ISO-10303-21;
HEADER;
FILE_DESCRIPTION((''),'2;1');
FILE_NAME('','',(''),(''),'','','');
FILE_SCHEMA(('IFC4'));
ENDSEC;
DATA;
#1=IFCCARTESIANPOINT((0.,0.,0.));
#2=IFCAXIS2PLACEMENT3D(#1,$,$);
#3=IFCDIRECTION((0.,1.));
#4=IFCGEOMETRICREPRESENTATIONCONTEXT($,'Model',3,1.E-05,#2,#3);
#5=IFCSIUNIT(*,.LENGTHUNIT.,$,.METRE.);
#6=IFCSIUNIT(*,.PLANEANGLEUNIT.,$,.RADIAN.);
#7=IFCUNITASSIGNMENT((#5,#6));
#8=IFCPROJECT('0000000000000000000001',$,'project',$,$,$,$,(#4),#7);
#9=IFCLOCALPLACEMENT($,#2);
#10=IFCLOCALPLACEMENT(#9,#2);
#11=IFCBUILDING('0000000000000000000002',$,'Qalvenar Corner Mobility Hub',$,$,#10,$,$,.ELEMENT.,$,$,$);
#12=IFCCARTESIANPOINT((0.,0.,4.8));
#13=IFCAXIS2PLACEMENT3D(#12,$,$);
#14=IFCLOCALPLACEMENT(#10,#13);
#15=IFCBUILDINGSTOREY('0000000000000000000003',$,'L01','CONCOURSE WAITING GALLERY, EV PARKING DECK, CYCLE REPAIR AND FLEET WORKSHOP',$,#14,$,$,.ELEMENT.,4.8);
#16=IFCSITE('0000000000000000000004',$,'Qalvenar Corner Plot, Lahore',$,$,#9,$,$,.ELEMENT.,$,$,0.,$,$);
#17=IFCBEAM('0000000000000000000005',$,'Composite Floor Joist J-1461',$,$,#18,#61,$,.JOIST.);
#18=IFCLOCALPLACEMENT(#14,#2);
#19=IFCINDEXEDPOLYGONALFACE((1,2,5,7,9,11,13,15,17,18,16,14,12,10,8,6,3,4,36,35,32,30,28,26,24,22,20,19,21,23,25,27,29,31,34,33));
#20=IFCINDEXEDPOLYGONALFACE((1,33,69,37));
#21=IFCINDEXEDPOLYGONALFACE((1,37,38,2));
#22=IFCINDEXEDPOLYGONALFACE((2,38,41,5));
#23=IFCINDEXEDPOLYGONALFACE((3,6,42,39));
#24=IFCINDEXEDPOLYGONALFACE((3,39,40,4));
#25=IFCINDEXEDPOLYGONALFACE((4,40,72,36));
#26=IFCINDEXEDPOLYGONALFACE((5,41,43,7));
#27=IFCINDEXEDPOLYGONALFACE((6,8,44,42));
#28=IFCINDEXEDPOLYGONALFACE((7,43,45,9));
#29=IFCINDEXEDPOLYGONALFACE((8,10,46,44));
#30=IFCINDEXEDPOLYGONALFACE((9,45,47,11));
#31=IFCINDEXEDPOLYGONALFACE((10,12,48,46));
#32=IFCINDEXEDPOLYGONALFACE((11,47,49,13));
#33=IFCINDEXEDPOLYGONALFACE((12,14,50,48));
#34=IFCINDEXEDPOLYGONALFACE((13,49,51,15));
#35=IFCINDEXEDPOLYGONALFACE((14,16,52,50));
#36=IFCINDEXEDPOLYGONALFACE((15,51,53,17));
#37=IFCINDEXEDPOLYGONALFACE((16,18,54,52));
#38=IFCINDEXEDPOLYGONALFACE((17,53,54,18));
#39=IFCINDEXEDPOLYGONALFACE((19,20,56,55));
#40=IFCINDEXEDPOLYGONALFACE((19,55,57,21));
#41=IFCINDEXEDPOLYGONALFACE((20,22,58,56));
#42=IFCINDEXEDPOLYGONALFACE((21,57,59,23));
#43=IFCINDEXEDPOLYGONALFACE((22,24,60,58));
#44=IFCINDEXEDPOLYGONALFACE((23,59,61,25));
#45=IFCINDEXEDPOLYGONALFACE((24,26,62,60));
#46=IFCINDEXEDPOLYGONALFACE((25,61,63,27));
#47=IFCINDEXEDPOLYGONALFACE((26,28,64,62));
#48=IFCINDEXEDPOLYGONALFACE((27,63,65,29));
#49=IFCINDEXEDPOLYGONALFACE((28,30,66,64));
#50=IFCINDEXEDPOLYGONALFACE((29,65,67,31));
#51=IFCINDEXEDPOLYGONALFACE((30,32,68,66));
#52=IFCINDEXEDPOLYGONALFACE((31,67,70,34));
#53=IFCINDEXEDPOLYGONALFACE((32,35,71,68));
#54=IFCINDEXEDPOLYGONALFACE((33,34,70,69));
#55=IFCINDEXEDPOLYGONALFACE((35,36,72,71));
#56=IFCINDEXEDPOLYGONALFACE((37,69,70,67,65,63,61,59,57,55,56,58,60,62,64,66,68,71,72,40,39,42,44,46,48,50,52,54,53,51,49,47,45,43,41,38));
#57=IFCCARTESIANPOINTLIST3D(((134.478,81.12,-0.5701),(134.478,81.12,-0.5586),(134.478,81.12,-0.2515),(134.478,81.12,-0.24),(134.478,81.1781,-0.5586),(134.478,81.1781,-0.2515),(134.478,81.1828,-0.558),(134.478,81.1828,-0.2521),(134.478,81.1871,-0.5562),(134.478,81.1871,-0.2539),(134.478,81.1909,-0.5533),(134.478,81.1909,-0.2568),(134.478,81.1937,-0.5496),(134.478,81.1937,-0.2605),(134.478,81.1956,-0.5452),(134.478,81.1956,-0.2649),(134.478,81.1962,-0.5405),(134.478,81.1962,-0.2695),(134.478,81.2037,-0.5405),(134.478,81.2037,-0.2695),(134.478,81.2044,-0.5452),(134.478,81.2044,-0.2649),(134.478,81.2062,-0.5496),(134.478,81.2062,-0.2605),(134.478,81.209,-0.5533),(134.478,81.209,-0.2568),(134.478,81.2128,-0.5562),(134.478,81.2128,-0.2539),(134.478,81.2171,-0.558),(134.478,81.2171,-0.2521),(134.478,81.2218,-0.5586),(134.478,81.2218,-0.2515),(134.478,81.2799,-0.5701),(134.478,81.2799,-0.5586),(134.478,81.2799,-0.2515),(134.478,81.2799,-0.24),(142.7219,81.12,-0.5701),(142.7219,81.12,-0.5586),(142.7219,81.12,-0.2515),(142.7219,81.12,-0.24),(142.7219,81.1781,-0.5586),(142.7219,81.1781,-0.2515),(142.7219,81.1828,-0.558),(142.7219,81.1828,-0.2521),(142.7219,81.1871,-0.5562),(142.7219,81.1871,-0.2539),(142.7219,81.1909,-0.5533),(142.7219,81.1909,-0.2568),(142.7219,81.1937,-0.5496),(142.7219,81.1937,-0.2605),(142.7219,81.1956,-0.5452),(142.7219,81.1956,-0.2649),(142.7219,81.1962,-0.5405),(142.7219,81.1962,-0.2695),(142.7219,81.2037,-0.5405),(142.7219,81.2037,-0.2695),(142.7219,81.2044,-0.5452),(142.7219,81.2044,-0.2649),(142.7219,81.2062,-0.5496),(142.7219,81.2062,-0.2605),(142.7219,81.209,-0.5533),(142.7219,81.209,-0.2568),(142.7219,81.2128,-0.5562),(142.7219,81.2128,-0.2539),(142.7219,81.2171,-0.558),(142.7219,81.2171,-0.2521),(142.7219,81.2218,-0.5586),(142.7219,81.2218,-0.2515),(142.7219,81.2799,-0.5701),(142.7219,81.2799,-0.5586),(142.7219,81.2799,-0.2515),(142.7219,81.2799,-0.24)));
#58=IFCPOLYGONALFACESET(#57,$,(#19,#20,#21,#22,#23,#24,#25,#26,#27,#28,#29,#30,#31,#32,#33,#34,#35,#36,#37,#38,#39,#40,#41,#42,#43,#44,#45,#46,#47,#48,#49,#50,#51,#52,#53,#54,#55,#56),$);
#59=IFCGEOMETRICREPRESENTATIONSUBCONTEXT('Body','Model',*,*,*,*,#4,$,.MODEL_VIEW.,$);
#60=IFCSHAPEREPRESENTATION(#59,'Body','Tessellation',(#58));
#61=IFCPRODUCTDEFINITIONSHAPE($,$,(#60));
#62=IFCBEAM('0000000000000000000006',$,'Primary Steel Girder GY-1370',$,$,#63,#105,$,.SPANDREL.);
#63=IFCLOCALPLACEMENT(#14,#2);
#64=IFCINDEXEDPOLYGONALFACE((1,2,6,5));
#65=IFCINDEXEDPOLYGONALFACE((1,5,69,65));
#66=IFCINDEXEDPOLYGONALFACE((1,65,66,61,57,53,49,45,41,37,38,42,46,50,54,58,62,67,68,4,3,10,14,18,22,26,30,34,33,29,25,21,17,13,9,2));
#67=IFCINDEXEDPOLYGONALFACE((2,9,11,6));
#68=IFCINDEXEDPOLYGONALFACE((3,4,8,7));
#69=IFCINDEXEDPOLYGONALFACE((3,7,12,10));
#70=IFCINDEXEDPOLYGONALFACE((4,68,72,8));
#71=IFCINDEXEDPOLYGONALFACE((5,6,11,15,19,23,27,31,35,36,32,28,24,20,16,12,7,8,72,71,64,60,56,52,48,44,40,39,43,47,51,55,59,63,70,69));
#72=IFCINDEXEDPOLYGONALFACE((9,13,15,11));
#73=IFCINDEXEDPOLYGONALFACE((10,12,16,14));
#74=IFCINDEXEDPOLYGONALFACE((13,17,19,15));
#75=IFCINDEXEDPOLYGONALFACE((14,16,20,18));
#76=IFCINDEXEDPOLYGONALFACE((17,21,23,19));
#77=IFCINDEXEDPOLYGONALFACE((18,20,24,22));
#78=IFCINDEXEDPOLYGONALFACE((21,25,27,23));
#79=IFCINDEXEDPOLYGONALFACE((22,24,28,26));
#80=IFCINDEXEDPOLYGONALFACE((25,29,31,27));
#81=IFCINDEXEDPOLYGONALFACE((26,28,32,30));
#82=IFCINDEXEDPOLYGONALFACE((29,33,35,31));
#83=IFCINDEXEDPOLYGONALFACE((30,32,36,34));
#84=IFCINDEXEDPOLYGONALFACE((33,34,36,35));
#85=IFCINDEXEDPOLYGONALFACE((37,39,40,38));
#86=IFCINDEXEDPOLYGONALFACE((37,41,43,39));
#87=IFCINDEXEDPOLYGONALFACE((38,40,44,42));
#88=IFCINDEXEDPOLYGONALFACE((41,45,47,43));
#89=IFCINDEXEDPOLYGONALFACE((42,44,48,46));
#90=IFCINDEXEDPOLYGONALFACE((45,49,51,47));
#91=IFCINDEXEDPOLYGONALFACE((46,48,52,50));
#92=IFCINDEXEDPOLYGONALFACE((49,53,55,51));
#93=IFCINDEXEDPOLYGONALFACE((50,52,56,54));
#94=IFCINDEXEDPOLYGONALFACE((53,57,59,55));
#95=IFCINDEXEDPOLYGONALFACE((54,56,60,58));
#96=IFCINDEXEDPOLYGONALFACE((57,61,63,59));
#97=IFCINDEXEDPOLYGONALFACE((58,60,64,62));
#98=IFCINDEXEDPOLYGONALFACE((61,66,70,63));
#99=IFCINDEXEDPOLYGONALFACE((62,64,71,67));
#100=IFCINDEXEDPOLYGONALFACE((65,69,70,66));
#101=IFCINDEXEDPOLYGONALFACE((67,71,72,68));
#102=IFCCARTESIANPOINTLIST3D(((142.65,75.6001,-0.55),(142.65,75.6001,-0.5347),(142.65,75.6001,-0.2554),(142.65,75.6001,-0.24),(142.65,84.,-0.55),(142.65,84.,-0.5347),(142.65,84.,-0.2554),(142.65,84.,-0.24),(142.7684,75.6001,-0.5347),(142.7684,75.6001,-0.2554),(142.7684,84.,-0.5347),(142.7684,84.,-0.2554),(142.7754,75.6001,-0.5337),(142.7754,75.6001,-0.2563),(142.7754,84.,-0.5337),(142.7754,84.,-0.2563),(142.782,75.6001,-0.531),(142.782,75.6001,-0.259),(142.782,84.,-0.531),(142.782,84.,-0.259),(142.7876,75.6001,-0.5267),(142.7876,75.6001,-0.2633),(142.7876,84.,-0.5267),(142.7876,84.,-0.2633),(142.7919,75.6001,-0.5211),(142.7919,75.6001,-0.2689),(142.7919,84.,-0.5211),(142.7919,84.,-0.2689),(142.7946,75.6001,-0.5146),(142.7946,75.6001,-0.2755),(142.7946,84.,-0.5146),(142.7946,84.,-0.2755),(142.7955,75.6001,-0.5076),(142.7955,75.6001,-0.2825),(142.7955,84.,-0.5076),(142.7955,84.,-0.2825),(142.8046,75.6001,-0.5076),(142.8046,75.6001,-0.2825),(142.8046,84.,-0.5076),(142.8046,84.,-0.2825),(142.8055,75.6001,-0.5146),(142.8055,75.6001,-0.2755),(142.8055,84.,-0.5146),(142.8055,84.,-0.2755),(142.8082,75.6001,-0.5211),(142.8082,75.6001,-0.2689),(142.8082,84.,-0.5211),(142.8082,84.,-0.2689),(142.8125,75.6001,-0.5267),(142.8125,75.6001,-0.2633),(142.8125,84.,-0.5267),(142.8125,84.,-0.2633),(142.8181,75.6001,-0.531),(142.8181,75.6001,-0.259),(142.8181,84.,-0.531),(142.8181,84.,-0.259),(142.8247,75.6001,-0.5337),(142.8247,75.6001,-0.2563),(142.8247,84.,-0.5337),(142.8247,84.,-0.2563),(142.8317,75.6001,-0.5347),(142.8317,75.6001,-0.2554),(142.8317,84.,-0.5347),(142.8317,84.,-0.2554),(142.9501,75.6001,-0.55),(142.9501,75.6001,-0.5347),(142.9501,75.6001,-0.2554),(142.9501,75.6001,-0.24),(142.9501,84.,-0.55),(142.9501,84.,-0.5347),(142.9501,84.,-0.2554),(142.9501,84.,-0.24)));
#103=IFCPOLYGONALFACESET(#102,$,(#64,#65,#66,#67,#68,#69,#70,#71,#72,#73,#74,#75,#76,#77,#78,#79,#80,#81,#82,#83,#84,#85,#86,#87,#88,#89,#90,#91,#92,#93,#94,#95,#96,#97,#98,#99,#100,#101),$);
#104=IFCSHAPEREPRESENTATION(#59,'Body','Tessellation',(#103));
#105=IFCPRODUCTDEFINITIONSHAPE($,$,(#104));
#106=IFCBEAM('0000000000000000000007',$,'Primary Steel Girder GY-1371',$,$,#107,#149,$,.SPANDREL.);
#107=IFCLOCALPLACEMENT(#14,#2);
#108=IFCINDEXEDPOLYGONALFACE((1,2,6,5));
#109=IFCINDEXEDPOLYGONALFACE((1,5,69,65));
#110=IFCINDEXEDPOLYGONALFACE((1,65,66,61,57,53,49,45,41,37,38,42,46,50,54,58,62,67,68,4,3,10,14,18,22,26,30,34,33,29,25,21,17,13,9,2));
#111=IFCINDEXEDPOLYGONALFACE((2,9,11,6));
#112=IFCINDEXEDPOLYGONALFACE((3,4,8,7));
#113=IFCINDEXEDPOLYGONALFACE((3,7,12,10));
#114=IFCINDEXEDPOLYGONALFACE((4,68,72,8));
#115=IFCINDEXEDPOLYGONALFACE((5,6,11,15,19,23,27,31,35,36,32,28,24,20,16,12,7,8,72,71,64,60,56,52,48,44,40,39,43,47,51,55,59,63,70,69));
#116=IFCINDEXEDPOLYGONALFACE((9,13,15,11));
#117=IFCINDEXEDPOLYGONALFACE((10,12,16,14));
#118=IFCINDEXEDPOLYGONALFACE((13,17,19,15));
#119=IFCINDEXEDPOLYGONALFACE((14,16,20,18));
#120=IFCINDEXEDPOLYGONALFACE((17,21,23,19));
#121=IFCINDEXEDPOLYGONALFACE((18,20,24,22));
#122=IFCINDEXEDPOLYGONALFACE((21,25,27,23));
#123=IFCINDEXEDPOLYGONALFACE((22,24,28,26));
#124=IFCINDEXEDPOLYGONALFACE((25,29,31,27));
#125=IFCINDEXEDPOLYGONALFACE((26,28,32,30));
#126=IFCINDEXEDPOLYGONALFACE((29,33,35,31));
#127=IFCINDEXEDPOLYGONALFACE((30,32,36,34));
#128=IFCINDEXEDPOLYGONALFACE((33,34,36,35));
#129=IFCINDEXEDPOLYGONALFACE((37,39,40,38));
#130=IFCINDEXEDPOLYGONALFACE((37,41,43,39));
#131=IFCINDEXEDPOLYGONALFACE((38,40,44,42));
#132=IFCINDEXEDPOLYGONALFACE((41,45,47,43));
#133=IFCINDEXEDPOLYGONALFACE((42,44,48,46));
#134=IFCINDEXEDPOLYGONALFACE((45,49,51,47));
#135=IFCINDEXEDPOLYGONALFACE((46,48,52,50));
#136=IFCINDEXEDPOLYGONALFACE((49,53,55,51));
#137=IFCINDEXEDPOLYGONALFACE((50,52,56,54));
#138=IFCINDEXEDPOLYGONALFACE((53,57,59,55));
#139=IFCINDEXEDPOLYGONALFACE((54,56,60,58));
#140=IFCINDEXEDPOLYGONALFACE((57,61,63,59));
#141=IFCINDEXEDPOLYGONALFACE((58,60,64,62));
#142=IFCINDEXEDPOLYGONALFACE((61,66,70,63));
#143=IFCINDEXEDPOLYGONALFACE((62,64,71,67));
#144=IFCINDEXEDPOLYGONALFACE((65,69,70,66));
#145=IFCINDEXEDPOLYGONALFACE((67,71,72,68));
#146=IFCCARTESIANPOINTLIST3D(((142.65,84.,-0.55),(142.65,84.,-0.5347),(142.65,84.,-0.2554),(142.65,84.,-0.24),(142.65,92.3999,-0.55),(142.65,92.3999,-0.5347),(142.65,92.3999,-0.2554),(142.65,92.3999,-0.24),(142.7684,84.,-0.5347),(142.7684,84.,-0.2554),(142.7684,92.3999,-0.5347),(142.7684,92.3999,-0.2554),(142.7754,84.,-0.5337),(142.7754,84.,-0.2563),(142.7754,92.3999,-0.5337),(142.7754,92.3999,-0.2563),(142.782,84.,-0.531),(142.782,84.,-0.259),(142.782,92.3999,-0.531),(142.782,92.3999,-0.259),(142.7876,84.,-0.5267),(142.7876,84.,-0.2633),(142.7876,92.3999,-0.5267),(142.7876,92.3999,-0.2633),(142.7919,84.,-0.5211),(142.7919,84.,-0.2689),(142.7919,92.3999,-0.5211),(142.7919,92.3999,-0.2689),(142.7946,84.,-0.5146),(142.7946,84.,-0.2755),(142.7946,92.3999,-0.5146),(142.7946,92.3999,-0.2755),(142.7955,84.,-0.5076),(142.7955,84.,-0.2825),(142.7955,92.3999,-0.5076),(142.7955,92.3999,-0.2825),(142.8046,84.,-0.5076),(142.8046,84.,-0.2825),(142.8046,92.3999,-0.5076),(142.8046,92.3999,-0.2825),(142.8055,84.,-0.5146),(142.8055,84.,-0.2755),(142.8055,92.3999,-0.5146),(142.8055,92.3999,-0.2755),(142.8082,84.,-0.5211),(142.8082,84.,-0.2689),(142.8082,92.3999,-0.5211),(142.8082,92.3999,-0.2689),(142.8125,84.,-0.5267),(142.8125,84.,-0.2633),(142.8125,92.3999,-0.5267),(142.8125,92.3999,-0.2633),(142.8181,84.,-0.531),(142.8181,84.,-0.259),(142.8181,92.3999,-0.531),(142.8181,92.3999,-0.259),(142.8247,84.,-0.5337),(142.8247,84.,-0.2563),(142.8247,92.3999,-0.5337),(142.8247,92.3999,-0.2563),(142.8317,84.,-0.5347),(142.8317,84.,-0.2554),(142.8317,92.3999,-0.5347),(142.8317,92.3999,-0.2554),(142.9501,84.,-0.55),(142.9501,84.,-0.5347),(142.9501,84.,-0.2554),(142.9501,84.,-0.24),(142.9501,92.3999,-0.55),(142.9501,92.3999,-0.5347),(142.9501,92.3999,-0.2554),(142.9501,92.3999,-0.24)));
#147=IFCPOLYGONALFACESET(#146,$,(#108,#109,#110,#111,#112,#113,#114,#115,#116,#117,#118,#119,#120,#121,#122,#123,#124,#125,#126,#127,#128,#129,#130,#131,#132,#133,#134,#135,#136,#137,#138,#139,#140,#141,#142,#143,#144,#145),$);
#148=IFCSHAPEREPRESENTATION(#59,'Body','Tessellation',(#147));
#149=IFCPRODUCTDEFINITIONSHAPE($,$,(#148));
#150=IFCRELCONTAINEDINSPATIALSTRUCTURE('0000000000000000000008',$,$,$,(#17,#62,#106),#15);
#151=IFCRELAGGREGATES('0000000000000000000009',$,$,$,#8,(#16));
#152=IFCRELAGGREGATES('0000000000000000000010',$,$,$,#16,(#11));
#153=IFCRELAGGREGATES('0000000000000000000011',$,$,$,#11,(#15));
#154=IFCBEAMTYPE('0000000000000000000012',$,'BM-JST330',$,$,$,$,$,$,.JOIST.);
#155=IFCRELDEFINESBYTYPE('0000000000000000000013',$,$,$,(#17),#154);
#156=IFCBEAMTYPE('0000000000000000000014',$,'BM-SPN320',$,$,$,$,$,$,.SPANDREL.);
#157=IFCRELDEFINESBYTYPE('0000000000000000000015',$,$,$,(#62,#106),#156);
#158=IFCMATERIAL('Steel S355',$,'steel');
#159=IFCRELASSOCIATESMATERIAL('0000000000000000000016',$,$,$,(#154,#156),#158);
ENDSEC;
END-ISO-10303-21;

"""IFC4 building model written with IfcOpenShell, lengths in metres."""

from ifc_helpers import new_model, si_unit, direction, frame, origin, origin_2d, place, context, subcontext, project, spatial, i_section, extrude, material, material_profile, profile_set, type_object, element, save


model = new_model("IFC4")

# Units and contexts
model_context = context("Model", 3, precision=1e-05, world=origin(), true_north=direction((0.0, 1.0)))
body_context = subcontext(model_context, "Body", "Model", "MODEL_VIEW")
ifc_project = project(units=[si_unit("LENGTHUNIT", "METRE"), si_unit("PLANEANGLEUNIT", "RADIAN")], contexts=[model_context])

# Site, building, storey
site_placement = place(None, origin())
site = spatial("IfcSite", under=ifc_project, at=site_placement, Name="Qalvenar Corner Plot, Lahore", CompositionType="ELEMENT", RefElevation=0.0)
building_placement = place(site_placement, origin())
building = spatial("IfcBuilding", under=site, at=building_placement, Name="Qalvenar Corner Mobility Hub", CompositionType="ELEMENT")
storey_placement = place(building_placement, frame((0.0, 0.0, 4.8)))
storey = spatial("IfcBuildingStorey", under=building, at=storey_placement, Name="L01", Description="CONCOURSE WAITING GALLERY, EV PARKING DECK, CYCLE REPAIR AND FLEET WORKSHOP", CompositionType="ELEMENT", Elevation=4.8)

# Shared definitions
ifc_material_1 = material(Name="Steel S355", Category="steel")

# Beams
ifc_material_profile_1 = material_profile(ifc_material_1, i_section(OverallWidth=0.1599, OverallDepth=0.3301, WebThickness=0.0076, FlangeThickness=0.0115, FilletRadius=0.0181, at=origin_2d()), Name="IPE330")
ifc_profile_set_1 = profile_set([ifc_material_profile_1], Name="Steel S355")
beam_type_1 = type_object("IfcBeamType", Name="BM-JST330", PredefinedType="JOIST", material=ifc_profile_set_1)
for number, where, z_axis, x_axis, name in (
    (1, (134.478, 81.2, -0.405), (1.0, 0.0, 0.0), (0.0, 1.0, 0.0), "Composite Floor Joist J-1461"),
):
    element("IfcBeam", number, at=place(storey_placement, frame(where, z_axis=z_axis, x_axis=x_axis)), inside=storey, type_object=beam_type_1, Name=name, PredefinedType="JOIST", context=body_context, shape_type="SweptSolid", body=[
        extrude(i_section(OverallWidth=0.1599, OverallDepth=0.3301, WebThickness=0.0076, FlangeThickness=0.0115, FilletRadius=0.0181, at=origin_2d()), origin(), (0.0, 0.0, 1.0), 8.2439),
    ])
ifc_material_profile_2 = material_profile(ifc_material_1, i_section(OverallWidth=0.3, OverallDepth=0.3101, WebThickness=0.009, FlangeThickness=0.0154, FilletRadius=0.0271, at=origin_2d()), Name="HEA320")
ifc_profile_set_2 = profile_set([ifc_material_profile_2], Name="Steel S355")
beam_type_2 = type_object("IfcBeamType", Name="BM-SPN320", PredefinedType="SPANDREL", material=ifc_profile_set_2)
for number, where, z_axis, x_axis, name in (
    (2, (142.8, 75.6001, -0.395), (0.0, 1.0, 0.0), (-1.0, 0.0, 0.0), "Primary Steel Girder GY-1370"),
    (3, (142.8, 84.0, -0.395), (0.0, 1.0, 0.0), (-1.0, 0.0, 0.0), "Primary Steel Girder GY-1371"),
):
    element("IfcBeam", number, at=place(storey_placement, frame(where, z_axis=z_axis, x_axis=x_axis)), inside=storey, type_object=beam_type_2, Name=name, PredefinedType="SPANDREL", context=body_context, shape_type="SweptSolid", body=[
        extrude(i_section(OverallWidth=0.3, OverallDepth=0.3101, WebThickness=0.009, FlangeThickness=0.0154, FilletRadius=0.0271, at=origin_2d()), origin(), (0.0, 0.0, 1.0), 8.3999),
    ])

save(model, "model.ifc")
